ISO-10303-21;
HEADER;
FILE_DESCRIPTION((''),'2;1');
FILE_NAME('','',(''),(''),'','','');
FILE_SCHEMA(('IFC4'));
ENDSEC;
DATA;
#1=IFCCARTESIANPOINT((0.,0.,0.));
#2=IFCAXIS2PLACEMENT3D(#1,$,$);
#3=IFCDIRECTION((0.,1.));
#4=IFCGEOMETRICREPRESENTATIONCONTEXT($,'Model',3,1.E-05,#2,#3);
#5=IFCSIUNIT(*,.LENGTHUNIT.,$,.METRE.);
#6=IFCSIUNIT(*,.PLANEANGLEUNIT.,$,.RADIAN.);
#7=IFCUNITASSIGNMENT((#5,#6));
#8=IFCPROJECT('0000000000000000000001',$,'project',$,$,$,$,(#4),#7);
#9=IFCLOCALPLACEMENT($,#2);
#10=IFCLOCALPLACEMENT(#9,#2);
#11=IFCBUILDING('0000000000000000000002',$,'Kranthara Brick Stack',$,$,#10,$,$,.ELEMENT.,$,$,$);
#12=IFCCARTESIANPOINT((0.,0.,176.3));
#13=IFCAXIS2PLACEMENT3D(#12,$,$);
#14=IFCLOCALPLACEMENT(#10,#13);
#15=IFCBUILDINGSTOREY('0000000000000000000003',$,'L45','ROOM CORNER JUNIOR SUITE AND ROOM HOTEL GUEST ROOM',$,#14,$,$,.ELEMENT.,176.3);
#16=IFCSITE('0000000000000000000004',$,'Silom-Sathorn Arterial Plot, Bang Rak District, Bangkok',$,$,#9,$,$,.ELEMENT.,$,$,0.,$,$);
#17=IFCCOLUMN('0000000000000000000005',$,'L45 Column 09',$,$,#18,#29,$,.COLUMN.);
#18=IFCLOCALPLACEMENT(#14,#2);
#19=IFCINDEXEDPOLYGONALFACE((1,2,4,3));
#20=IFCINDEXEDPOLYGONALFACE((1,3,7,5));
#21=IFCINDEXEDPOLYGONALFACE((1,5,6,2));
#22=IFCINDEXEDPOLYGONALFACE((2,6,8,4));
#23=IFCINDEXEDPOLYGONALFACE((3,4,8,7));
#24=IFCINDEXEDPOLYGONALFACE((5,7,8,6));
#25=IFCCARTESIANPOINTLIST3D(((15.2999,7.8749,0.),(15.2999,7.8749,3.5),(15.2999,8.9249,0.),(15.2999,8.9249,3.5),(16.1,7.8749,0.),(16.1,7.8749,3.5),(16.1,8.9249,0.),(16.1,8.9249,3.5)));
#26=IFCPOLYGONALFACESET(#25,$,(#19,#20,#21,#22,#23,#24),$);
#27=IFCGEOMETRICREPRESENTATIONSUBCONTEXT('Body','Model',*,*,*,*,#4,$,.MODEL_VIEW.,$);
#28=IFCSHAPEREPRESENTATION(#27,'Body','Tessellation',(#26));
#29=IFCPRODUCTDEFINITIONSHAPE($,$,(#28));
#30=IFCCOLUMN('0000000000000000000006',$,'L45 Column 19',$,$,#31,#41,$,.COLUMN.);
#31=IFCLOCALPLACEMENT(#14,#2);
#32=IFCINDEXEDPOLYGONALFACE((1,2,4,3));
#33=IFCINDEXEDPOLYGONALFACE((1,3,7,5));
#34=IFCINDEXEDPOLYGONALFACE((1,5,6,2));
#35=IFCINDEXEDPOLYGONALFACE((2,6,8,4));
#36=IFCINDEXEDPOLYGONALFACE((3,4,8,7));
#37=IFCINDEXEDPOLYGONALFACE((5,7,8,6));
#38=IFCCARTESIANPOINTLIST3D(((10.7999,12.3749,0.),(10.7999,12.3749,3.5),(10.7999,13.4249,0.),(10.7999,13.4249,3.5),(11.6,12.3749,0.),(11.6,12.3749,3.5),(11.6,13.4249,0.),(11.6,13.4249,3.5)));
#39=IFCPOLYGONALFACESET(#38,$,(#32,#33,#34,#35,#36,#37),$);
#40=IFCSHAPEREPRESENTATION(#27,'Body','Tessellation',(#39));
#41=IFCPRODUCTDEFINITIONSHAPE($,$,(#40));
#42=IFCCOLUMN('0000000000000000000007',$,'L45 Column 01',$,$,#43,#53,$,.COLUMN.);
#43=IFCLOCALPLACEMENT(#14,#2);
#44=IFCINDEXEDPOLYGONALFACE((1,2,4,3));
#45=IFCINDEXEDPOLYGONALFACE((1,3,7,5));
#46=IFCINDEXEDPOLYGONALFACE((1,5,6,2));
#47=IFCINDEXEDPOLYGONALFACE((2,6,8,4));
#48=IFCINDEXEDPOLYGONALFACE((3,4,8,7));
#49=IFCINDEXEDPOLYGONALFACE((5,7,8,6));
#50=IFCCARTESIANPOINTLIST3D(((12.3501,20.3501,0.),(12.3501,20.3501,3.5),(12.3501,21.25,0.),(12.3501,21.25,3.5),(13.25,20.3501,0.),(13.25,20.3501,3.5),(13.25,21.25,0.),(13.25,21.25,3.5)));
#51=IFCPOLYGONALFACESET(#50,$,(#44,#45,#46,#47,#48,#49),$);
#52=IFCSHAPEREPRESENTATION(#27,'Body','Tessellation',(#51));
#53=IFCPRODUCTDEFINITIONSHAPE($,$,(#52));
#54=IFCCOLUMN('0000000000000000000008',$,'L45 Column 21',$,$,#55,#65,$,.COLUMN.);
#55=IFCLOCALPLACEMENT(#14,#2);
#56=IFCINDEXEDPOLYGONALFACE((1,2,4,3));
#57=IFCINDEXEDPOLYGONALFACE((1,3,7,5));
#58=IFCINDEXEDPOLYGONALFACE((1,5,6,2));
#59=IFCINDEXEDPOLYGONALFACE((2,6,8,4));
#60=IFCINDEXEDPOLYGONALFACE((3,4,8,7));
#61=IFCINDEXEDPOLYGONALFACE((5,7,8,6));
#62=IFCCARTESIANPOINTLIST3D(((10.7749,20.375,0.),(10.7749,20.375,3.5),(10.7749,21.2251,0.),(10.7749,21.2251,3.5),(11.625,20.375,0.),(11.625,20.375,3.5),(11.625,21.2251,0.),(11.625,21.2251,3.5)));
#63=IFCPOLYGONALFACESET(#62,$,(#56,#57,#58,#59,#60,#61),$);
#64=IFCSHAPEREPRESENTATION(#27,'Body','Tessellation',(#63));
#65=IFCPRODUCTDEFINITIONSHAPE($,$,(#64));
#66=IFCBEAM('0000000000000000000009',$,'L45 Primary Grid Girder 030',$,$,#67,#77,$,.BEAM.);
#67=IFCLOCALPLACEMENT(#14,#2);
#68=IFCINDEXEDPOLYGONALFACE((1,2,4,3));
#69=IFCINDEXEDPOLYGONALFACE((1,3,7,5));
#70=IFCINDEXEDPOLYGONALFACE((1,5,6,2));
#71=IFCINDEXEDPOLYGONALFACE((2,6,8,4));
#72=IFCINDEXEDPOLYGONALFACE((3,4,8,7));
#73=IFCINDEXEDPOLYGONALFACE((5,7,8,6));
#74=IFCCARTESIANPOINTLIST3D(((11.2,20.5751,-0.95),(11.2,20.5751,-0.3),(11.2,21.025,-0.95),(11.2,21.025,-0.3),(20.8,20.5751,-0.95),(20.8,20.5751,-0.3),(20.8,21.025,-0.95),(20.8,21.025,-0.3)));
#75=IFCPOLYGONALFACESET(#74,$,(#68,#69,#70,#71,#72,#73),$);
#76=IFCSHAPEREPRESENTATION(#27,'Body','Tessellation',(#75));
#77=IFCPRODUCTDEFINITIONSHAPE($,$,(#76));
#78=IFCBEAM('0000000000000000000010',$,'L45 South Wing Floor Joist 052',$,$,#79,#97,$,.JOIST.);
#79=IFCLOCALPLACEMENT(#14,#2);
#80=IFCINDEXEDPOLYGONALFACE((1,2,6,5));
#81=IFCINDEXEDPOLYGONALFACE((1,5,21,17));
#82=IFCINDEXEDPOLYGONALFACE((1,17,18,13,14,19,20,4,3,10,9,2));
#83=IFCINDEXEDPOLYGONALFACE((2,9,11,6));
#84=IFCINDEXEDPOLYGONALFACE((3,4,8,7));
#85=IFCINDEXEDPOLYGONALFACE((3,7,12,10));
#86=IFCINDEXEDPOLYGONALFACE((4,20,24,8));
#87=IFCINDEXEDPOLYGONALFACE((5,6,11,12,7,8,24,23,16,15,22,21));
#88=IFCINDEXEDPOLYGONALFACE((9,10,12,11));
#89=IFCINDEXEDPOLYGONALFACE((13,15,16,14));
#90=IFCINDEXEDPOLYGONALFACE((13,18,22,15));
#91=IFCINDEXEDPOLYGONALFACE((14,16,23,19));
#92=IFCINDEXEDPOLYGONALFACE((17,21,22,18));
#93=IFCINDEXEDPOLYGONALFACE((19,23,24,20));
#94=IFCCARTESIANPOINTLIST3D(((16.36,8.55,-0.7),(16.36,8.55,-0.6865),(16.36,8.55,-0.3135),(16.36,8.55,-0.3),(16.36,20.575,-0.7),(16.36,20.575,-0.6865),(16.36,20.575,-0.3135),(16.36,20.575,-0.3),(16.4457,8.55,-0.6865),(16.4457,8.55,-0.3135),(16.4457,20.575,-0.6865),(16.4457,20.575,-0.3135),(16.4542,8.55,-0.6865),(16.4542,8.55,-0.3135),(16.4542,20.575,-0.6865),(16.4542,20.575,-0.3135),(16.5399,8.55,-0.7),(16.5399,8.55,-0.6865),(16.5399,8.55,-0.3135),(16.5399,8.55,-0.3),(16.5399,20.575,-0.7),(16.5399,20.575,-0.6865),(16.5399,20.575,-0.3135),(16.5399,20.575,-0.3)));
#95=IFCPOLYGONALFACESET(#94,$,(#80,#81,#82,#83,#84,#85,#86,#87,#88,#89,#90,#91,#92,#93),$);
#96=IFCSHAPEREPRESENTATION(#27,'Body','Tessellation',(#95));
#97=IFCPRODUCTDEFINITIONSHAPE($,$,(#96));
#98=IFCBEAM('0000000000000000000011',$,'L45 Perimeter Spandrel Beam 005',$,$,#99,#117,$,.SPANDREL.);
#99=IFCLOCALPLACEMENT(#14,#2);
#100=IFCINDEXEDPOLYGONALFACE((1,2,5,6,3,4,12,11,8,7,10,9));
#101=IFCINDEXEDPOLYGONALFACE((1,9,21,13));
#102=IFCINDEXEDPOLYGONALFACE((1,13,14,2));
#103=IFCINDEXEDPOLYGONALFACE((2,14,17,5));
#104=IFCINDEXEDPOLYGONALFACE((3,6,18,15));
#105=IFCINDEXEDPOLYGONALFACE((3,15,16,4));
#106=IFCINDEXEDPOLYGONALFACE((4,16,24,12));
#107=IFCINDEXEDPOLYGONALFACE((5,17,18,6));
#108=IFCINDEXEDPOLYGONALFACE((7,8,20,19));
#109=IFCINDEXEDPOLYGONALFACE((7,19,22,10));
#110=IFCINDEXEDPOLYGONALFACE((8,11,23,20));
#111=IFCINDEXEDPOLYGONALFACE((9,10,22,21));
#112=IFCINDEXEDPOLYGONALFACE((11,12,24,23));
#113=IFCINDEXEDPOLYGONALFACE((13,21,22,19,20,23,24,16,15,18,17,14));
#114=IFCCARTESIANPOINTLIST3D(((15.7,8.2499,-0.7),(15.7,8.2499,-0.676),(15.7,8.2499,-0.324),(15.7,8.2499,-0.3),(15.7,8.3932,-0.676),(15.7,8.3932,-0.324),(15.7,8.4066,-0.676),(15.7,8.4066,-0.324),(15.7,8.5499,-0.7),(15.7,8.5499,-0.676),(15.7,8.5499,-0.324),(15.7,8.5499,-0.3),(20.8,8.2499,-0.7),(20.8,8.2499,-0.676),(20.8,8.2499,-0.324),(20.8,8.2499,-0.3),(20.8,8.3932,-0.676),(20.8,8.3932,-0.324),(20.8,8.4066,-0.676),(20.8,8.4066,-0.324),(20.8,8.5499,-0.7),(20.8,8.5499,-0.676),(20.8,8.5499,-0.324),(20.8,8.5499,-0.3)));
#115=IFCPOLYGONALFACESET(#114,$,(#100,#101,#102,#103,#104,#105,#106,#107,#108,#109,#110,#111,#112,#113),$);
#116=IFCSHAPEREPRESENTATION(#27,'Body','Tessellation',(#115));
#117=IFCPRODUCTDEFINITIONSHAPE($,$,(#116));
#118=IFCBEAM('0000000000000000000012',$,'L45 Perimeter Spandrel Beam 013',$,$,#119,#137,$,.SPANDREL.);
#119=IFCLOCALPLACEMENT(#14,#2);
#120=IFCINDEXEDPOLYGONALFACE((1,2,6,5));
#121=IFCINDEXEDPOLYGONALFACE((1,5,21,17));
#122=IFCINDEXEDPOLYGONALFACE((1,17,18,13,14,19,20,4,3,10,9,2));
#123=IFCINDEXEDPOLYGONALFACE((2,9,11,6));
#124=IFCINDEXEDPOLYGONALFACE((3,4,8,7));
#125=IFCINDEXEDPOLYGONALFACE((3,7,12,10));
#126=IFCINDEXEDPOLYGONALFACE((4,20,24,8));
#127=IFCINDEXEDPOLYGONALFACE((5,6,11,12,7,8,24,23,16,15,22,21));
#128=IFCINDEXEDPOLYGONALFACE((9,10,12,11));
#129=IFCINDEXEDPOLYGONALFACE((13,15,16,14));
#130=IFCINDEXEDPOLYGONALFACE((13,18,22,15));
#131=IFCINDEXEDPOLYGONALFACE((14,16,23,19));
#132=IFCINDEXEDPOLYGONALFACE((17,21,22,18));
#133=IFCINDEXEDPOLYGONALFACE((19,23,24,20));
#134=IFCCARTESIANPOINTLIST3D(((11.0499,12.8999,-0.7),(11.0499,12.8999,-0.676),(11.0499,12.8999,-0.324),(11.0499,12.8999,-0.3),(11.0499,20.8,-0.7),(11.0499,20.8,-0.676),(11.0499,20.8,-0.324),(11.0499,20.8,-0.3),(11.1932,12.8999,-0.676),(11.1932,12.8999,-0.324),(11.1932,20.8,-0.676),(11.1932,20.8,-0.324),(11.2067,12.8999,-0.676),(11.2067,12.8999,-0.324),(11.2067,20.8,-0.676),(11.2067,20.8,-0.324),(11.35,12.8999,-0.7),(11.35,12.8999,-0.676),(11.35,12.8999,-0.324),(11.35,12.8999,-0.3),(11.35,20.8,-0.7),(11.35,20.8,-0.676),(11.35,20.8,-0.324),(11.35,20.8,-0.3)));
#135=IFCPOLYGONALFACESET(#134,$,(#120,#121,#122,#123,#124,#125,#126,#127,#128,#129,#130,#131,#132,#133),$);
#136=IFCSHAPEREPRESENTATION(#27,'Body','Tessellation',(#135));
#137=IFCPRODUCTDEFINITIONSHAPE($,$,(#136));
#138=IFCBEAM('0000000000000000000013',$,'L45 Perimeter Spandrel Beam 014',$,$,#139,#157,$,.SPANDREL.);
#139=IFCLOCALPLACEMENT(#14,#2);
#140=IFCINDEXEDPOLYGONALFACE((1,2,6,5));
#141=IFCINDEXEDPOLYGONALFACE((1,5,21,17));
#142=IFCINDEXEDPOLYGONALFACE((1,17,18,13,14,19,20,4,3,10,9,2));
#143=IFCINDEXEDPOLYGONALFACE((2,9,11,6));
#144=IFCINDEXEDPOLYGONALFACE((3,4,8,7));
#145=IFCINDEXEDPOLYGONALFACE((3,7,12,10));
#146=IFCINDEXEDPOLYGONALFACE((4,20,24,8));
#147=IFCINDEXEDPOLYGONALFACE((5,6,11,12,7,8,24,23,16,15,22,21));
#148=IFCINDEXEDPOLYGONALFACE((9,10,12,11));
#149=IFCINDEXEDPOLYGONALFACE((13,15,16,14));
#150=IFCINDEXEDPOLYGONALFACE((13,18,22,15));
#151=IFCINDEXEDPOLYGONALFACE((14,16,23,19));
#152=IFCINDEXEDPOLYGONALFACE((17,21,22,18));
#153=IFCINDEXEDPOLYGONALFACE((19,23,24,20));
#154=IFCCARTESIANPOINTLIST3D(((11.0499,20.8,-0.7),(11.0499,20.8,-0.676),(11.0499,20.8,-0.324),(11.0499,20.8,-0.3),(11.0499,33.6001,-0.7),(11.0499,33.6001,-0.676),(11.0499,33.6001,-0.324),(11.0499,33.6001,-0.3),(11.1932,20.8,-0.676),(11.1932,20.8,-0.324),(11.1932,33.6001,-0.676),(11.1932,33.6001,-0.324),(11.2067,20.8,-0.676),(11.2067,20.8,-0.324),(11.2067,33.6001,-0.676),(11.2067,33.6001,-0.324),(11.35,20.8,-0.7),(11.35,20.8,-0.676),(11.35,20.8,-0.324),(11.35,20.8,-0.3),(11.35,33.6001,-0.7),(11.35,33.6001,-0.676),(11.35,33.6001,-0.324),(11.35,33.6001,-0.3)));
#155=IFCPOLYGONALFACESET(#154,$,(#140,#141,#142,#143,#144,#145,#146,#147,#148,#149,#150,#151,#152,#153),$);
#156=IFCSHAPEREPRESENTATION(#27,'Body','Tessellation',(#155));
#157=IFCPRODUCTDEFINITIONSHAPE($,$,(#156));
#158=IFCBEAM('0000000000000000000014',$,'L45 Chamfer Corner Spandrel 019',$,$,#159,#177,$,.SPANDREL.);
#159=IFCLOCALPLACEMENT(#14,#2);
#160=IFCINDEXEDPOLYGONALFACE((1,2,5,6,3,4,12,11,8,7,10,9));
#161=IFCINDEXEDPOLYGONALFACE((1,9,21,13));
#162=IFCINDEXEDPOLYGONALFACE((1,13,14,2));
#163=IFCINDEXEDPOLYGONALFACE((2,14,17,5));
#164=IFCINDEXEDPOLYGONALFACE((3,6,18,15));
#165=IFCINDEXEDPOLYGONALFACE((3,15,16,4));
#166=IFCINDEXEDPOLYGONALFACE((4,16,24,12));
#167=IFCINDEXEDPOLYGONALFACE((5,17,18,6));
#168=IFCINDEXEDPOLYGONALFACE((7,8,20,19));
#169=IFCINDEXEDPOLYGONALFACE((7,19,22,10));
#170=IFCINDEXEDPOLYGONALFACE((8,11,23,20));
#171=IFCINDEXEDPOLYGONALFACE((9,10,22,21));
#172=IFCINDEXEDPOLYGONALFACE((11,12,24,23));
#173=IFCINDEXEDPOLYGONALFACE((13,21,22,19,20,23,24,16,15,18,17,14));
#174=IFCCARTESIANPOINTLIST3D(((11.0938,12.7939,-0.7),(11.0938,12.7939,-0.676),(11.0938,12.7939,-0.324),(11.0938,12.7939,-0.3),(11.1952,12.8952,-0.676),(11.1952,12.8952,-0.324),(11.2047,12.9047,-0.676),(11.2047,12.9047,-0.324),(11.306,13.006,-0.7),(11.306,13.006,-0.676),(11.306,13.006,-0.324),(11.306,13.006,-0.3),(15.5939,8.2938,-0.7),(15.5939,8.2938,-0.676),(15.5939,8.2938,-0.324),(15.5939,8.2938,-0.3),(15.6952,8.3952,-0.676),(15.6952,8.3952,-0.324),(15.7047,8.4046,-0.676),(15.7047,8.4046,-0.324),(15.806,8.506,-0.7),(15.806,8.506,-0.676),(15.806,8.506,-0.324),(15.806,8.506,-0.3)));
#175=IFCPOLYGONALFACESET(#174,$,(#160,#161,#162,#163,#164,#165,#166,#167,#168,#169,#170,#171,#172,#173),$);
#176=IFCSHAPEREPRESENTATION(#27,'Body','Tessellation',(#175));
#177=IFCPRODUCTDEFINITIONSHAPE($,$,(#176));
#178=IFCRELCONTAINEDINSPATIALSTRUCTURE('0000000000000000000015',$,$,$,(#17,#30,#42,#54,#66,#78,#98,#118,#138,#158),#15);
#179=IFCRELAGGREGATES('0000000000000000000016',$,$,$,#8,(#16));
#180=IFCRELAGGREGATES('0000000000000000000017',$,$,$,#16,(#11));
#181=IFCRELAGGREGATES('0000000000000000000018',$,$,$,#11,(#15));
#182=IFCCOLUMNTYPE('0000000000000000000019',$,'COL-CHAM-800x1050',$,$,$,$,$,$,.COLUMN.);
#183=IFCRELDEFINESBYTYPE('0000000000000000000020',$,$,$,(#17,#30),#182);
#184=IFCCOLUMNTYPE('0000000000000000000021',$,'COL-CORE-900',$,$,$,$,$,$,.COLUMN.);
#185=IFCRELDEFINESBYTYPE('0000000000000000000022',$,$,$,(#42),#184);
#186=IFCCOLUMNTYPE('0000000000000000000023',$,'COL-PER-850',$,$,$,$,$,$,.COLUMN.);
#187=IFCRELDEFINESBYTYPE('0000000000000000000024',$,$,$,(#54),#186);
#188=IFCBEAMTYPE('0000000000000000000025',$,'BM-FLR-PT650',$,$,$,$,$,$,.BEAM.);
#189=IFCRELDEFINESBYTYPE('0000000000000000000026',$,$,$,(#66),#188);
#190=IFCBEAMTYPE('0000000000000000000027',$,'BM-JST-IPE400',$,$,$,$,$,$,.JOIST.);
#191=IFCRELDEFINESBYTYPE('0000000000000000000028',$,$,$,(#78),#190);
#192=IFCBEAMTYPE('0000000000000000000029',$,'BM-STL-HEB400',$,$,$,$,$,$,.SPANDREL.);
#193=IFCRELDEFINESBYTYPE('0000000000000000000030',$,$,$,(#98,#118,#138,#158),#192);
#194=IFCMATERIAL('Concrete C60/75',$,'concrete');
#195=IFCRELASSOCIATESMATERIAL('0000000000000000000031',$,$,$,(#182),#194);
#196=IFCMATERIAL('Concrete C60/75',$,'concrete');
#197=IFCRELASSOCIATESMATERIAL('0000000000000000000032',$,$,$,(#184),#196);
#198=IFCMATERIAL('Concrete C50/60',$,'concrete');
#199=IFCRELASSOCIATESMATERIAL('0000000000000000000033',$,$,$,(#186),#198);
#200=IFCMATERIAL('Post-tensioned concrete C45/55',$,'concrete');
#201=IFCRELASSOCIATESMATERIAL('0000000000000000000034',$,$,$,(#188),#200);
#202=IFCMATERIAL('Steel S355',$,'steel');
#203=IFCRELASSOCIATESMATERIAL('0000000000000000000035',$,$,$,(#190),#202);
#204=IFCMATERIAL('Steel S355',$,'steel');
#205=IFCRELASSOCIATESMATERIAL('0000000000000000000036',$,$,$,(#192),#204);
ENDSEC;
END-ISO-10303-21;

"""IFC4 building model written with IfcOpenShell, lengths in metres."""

from ifc_helpers import new_model, si_unit, direction, frame, origin, origin_2d, place, context, subcontext, project, spatial, rectangle, i_section, extrude, material, material_profile, profile_set, type_object, element, save


model = new_model("IFC4")

# Units and contexts
model_context = context("Model", 3, precision=1e-05, world=origin(), true_north=direction((0.0, 1.0)))
body_context = subcontext(model_context, "Body", "Model", "MODEL_VIEW")
ifc_project = project(units=[si_unit("LENGTHUNIT", "METRE"), si_unit("PLANEANGLEUNIT", "RADIAN")], contexts=[model_context])

# Site, building, storey
site_placement = place(None, origin())
site = spatial("IfcSite", under=ifc_project, at=site_placement, Name="Silom-Sathorn Arterial Plot, Bang Rak District, Bangkok", CompositionType="ELEMENT", RefElevation=0.0)
building_placement = place(site_placement, origin())
building = spatial("IfcBuilding", under=site, at=building_placement, Name="Kranthara Brick Stack", CompositionType="ELEMENT")
storey_placement = place(building_placement, frame((0.0, 0.0, 176.3)))
storey = spatial("IfcBuildingStorey", under=building, at=storey_placement, Name="L45", Description="ROOM CORNER JUNIOR SUITE AND ROOM HOTEL GUEST ROOM", CompositionType="ELEMENT", Elevation=176.3)

# Columns
ifc_material_1 = material(Name="Concrete C60/75", Category="concrete")
ifc_material_profile_1 = material_profile(ifc_material_1, rectangle(XDim=0.8, YDim=1.05, at=origin_2d()), Name="RC 800x1050")
ifc_profile_set_1 = profile_set([ifc_material_profile_1], Name="Concrete C60/75")
column_type_1 = type_object("IfcColumnType", Name="COL-CHAM-800x1050", PredefinedType="COLUMN", material=ifc_profile_set_1)
for number, where, z_axis, x_axis, name in (
    (1, (15.7, 8.3999, 0.0), (0.0, 0.0, 1.0), (1.0, 0.0, 0.0), "L45 Column 09"),
    (2, (11.2, 12.8999, 0.0), (0.0, 0.0, 1.0), (1.0, 0.0, 0.0), "L45 Column 19"),
):
    element("IfcColumn", number, at=place(storey_placement, frame(where, z_axis=z_axis, x_axis=x_axis)), inside=storey, type_object=column_type_1, Name=name, PredefinedType="COLUMN", context=body_context, shape_type="SweptSolid", body=[
        extrude(rectangle(XDim=0.8, YDim=1.05, at=origin_2d()), origin(), (0.0, 0.0, 1.0), 3.5),
    ])
ifc_material_2 = material(Name="Concrete C60/75", Category="concrete")
ifc_material_profile_2 = material_profile(ifc_material_2, rectangle(XDim=0.8999, YDim=0.8999, at=origin_2d()), Name="RC 900x900")
ifc_profile_set_2 = profile_set([ifc_material_profile_2], Name="Concrete C60/75")
column_type_2 = type_object("IfcColumnType", Name="COL-CORE-900", PredefinedType="COLUMN", material=ifc_profile_set_2)
column_1_placement = place(storey_placement, frame((12.8, 20.8, 0.0), z_axis=(0.0, 0.0, 1.0), x_axis=(1.0, 0.0, 0.0)))
element("IfcColumn", 3, at=column_1_placement, inside=storey, type_object=column_type_2, Name="L45 Column 01", PredefinedType="COLUMN", context=body_context, shape_type="SweptSolid", body=[
    extrude(rectangle(XDim=0.8999, YDim=0.8999, at=origin_2d()), origin(), (0.0, 0.0, 1.0), 3.5),
])
ifc_material_3 = material(Name="Concrete C50/60", Category="concrete")
ifc_material_profile_3 = material_profile(ifc_material_3, rectangle(XDim=0.8501, YDim=0.8501, at=origin_2d()), Name="RC 850x850")
ifc_profile_set_3 = profile_set([ifc_material_profile_3], Name="Concrete C50/60")
column_type_3 = type_object("IfcColumnType", Name="COL-PER-850", PredefinedType="COLUMN", material=ifc_profile_set_3)
column_2_placement = place(storey_placement, frame((11.2, 20.8, 0.0), z_axis=(0.0, 0.0, 1.0), x_axis=(1.0, 0.0, 0.0)))
element("IfcColumn", 4, at=column_2_placement, inside=storey, type_object=column_type_3, Name="L45 Column 21", PredefinedType="COLUMN", context=body_context, shape_type="SweptSolid", body=[
    extrude(rectangle(XDim=0.8501, YDim=0.8501, at=origin_2d()), origin(), (0.0, 0.0, 1.0), 3.5),
])

# Beams
ifc_material_4 = material(Name="Post-tensioned concrete C45/55", Category="concrete")
ifc_material_profile_4 = material_profile(ifc_material_4, rectangle(XDim=0.45, YDim=0.6499, at=origin_2d()), Name="PT 450x650")
ifc_profile_set_4 = profile_set([ifc_material_profile_4], Name="Post-tensioned concrete C45/55")
beam_type_1 = type_object("IfcBeamType", Name="BM-FLR-PT650", PredefinedType="BEAM", material=ifc_profile_set_4)
beam_1_placement = place(storey_placement, frame((11.2, 20.8, -0.625), z_axis=(1.0, 0.0, 0.0), x_axis=(0.0, 1.0, 0.0)))
element("IfcBeam", 5, at=beam_1_placement, inside=storey, type_object=beam_type_1, Name="L45 Primary Grid Girder 030", PredefinedType="BEAM", context=body_context, shape_type="SweptSolid", body=[
    extrude(rectangle(XDim=0.45, YDim=0.6499, at=origin_2d()), origin(), (0.0, 0.0, 1.0), 9.6001),
])
ifc_material_5 = material(Name="Steel S355", Category="steel")
ifc_material_profile_5 = material_profile(ifc_material_5, i_section(OverallWidth=0.1799, OverallDepth=0.3999, WebThickness=0.0085, FlangeThickness=0.0134, at=origin_2d()), Name="IPE 400")
ifc_profile_set_5 = profile_set([ifc_material_profile_5], Name="Steel S355")
beam_type_2 = type_object("IfcBeamType", Name="BM-JST-IPE400", PredefinedType="JOIST", material=ifc_profile_set_5)
beam_2_placement = place(storey_placement, frame((16.45, 8.55, -0.5), z_axis=(0.0, 1.0, 0.0), x_axis=(-1.0, 0.0, 0.0)))
element("IfcBeam", 6, at=beam_2_placement, inside=storey, type_object=beam_type_2, Name="L45 South Wing Floor Joist 052", PredefinedType="JOIST", context=body_context, shape_type="SweptSolid", body=[
    extrude(i_section(OverallWidth=0.1799, OverallDepth=0.3999, WebThickness=0.0085, FlangeThickness=0.0134, at=origin_2d()), origin(), (0.0, 0.0, 1.0), 12.0249),
])
ifc_material_6 = material(Name="Steel S355", Category="steel")
ifc_material_profile_6 = material_profile(ifc_material_6, i_section(OverallWidth=0.3, OverallDepth=0.3999, WebThickness=0.0134, FlangeThickness=0.0239, at=origin_2d()), Name="HEB 400")
ifc_profile_set_6 = profile_set([ifc_material_profile_6], Name="Steel S355")
beam_type_3 = type_object("IfcBeamType", Name="BM-STL-HEB400", PredefinedType="SPANDREL", material=ifc_profile_set_6)
beam_3_placement = place(storey_placement, frame((15.7, 8.3999, -0.5), z_axis=(1.0, 0.0, 0.0), x_axis=(0.0, 1.0, 0.0)))
element("IfcBeam", 7, at=beam_3_placement, inside=storey, type_object=beam_type_3, Name="L45 Perimeter Spandrel Beam 005", PredefinedType="SPANDREL", context=body_context, shape_type="SweptSolid", body=[
    extrude(i_section(OverallWidth=0.3, OverallDepth=0.3999, WebThickness=0.0134, FlangeThickness=0.0239, at=origin_2d()), origin(), (0.0, 0.0, 1.0), 5.1001),
])
beam_4_placement = place(storey_placement, frame((11.2, 12.8999, -0.5), z_axis=(0.0, 1.0, 0.0), x_axis=(-1.0, 0.0, 0.0)))
element("IfcBeam", 8, at=beam_4_placement, inside=storey, type_object=beam_type_3, Name="L45 Perimeter Spandrel Beam 013", PredefinedType="SPANDREL", context=body_context, shape_type="SweptSolid", body=[
    extrude(i_section(OverallWidth=0.3, OverallDepth=0.3999, WebThickness=0.0134, FlangeThickness=0.0239, at=origin_2d()), origin(), (0.0, 0.0, 1.0), 7.9001),
])
beam_5_placement = place(storey_placement, frame((11.2, 20.8, -0.5), z_axis=(0.0, 1.0, 0.0), x_axis=(-1.0, 0.0, 0.0)))
element("IfcBeam", 9, at=beam_5_placement, inside=storey, type_object=beam_type_3, Name="L45 Perimeter Spandrel Beam 014", PredefinedType="SPANDREL", context=body_context, shape_type="SweptSolid", body=[
    extrude(i_section(OverallWidth=0.3, OverallDepth=0.3999, WebThickness=0.0134, FlangeThickness=0.0239, at=origin_2d()), origin(), (0.0, 0.0, 1.0), 12.8),
])
beam_6_placement = place(storey_placement, frame((15.7, 8.3999, -0.5), z_axis=(-0.707107, 0.707107, 0.0), x_axis=(-0.707107, -0.707107, 0.0)))
element("IfcBeam", 10, at=beam_6_placement, inside=storey, type_object=beam_type_3, Name="L45 Chamfer Corner Spandrel 019", PredefinedType="SPANDREL", context=body_context, shape_type="SweptSolid", body=[
    extrude(i_section(OverallWidth=0.3, OverallDepth=0.3999, WebThickness=0.0134, FlangeThickness=0.0239, at=origin_2d()), origin(), (0.0, 0.0, 1.0), 6.364),
])

save(model, "model.ifc")
